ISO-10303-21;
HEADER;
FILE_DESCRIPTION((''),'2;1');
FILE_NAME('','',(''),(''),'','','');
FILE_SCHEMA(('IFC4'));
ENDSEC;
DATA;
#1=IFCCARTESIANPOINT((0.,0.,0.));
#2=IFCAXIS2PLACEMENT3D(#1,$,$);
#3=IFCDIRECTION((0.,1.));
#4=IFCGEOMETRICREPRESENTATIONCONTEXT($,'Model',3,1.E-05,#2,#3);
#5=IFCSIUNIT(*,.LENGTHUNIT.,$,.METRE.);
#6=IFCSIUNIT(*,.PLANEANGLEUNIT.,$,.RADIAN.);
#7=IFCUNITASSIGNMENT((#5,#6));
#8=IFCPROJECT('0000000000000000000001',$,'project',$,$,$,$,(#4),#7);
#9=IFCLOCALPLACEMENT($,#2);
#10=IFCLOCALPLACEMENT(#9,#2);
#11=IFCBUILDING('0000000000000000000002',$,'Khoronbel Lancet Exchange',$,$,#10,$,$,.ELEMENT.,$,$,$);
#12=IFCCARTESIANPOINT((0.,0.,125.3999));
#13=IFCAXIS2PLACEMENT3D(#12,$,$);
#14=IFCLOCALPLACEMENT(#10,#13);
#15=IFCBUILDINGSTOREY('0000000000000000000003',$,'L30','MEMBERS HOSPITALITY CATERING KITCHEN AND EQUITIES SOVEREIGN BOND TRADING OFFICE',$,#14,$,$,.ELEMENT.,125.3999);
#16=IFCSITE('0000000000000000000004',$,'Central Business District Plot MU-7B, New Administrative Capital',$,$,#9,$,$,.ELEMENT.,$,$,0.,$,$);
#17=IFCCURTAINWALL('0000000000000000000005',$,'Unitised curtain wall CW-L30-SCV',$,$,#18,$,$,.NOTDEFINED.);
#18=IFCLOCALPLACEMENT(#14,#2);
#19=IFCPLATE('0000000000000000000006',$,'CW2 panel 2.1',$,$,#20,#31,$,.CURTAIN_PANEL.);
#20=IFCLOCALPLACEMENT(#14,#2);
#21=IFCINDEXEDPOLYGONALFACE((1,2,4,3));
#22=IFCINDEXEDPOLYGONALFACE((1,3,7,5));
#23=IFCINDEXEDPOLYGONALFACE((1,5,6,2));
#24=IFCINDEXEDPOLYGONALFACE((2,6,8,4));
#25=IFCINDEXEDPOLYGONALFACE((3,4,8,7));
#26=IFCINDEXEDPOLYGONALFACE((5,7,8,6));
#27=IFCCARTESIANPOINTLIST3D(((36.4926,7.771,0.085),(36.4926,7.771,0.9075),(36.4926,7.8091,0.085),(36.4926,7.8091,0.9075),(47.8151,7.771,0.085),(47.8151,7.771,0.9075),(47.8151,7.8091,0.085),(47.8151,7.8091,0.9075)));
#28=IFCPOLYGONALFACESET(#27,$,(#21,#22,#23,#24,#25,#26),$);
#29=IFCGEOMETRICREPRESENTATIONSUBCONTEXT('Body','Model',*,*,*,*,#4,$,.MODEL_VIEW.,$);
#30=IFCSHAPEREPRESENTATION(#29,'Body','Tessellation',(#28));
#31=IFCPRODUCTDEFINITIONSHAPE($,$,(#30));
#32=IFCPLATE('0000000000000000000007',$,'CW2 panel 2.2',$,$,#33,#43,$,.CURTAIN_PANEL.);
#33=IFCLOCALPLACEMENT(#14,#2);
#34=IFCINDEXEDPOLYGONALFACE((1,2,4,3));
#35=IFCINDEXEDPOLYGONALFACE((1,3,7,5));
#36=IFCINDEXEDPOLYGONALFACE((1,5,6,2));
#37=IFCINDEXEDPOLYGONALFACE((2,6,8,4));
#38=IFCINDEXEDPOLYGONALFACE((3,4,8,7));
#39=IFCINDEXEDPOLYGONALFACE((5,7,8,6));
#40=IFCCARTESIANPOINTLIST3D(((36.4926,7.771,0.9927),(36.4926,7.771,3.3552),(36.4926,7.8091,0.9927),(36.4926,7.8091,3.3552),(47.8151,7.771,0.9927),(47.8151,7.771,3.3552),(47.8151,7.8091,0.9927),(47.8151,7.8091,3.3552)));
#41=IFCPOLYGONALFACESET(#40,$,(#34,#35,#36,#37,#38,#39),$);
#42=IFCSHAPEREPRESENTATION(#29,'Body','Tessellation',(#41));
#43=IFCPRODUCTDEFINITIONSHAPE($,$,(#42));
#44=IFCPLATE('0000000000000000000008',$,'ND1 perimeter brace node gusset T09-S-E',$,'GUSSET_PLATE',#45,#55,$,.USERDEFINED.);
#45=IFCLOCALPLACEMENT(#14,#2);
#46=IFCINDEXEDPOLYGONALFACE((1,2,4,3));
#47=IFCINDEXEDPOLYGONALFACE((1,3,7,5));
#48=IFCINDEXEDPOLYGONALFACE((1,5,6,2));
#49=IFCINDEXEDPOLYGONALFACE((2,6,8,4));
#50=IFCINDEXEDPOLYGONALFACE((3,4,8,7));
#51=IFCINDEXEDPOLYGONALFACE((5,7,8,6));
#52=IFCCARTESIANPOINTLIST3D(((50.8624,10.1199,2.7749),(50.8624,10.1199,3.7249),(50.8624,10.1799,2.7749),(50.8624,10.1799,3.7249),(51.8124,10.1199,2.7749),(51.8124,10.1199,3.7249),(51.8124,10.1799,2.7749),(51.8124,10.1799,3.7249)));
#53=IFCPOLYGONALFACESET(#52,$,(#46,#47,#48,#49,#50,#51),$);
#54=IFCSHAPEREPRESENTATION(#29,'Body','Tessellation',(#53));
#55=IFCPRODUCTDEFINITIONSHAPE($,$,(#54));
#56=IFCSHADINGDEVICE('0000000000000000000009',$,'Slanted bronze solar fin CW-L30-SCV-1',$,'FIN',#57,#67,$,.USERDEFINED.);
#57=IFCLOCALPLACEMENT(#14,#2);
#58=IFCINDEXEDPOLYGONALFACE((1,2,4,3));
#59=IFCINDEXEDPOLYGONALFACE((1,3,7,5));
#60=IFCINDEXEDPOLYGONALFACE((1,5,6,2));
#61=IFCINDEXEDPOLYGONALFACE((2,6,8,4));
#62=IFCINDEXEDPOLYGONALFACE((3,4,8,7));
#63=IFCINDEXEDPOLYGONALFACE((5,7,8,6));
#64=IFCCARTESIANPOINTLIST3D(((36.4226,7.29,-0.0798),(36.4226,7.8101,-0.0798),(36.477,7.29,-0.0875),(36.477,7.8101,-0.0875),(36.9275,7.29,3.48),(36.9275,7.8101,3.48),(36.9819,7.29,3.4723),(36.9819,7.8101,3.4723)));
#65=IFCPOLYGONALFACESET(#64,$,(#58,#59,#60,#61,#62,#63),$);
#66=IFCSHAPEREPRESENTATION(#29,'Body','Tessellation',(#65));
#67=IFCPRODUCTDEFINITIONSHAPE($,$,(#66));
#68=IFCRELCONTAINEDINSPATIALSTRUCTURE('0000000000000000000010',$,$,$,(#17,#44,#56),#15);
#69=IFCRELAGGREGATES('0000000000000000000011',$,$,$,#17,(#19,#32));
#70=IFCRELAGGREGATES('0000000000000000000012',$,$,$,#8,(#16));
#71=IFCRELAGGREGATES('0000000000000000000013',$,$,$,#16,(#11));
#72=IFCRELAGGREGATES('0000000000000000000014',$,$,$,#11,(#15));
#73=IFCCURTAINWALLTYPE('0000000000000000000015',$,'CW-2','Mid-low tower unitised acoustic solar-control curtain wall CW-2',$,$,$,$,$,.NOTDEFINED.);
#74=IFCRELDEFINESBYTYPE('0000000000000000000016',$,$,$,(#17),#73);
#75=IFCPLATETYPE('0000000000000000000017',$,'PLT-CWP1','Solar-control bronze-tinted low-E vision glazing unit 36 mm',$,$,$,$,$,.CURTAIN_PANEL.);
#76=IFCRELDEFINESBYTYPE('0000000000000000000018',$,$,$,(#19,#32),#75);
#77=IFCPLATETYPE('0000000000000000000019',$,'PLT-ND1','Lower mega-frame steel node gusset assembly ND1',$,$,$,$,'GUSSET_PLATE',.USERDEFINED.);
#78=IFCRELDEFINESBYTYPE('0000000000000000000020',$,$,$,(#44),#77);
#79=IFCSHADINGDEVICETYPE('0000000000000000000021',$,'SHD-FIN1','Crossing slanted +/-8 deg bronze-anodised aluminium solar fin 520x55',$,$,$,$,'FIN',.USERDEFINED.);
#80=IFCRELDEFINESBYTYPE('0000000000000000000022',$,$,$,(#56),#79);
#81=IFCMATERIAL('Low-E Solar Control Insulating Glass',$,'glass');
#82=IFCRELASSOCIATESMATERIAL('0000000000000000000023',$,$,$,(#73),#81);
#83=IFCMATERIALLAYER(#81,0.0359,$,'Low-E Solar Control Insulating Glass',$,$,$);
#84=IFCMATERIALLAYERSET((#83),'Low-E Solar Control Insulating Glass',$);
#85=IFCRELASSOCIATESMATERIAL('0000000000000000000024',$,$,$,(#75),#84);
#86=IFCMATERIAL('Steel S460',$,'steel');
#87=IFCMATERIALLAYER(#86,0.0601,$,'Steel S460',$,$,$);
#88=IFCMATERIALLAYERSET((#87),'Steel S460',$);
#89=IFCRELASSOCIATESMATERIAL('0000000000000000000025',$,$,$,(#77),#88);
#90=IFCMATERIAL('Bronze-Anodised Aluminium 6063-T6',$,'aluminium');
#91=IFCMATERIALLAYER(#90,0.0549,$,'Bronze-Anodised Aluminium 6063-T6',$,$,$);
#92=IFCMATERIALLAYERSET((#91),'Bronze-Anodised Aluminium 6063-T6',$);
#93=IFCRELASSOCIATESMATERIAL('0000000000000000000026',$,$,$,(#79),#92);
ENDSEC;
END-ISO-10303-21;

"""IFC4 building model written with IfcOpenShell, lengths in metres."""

from ifc_helpers import new_model, si_unit, direction, frame, origin, origin_2d, place, context, subcontext, project, spatial, polyline, rectangle, outline, extrude, material, layer, layer_set, type_object, element, aggregate, save


model = new_model("IFC4")

# Units and contexts
model_context = context("Model", 3, precision=1e-05, world=origin(), true_north=direction((0.0, 1.0)))
body_context = subcontext(model_context, "Body", "Model", "MODEL_VIEW")
ifc_project = project(units=[si_unit("LENGTHUNIT", "METRE"), si_unit("PLANEANGLEUNIT", "RADIAN")], contexts=[model_context])

# Site, building, storey
site_placement = place(None, origin())
site = spatial("IfcSite", under=ifc_project, at=site_placement, Name="Central Business District Plot MU-7B, New Administrative Capital", CompositionType="ELEMENT", RefElevation=0.0)
building_placement = place(site_placement, origin())
building = spatial("IfcBuilding", under=site, at=building_placement, Name="Khoronbel Lancet Exchange", CompositionType="ELEMENT")
storey_placement = place(building_placement, frame((0.0, 0.0, 125.3999)))
storey = spatial("IfcBuildingStorey", under=building, at=storey_placement, Name="L30", Description="MEMBERS HOSPITALITY CATERING KITCHEN AND EQUITIES SOVEREIGN BOND TRADING OFFICE", CompositionType="ELEMENT", Elevation=125.3999)

# Shared definitions
ifc_material_1 = material(Name="Steel S460", Category="steel")

# Curtain wall
ifc_material_2 = material(Name="Low-E Solar Control Insulating Glass", Category="glass")
curtain_wall_type = type_object("IfcCurtainWallType", Name="CW-2", Description="Mid-low tower unitised acoustic solar-control curtain wall CW-2", PredefinedType="NOTDEFINED", material=ifc_material_2)
curtain_wall_1_placement = place(storey_placement, origin())
curtain_wall_1 = element("IfcCurtainWall", 1, at=curtain_wall_1_placement, inside=storey, type_object=curtain_wall_type, Name="Unitised curtain wall CW-L30-SCV", PredefinedType="NOTDEFINED")
ifc_material_3 = material(Name="Bronze-Anodised Aluminium 6063-T6", Category="aluminium")

# Plates
ifc_layer_1 = layer(ifc_material_2, 0.0359, Name="Low-E Solar Control Insulating Glass")
ifc_layer_set_1 = layer_set([ifc_layer_1], Name="Low-E Solar Control Insulating Glass")
plate_type_1 = type_object("IfcPlateType", Name="PLT-CWP1", Description="Solar-control bronze-tinted low-E vision glazing unit 36 mm", PredefinedType="CURTAIN_PANEL", material=ifc_layer_set_1)
plate_1_placement = place(storey_placement, frame((42.1538, 7.79, 0.085), z_axis=(0.0, 0.0, 1.0), x_axis=(1.0, 0.0, 0.0)))
plate_1 = element("IfcPlate", 2, at=plate_1_placement, type_object=plate_type_1, Name="CW2 panel 2.1", PredefinedType="CURTAIN_PANEL", context=body_context, shape_type="SweptSolid", body=[
    extrude(rectangle(XDim=11.3225, YDim=0.0381, at=origin_2d()), origin(), (0.0, 0.0, 1.0), 0.8225),
])
plate_2_placement = place(storey_placement, frame((42.1538, 7.79, 0.9927), z_axis=(0.0, 0.0, 1.0), x_axis=(1.0, 0.0, 0.0)))
plate_2 = element("IfcPlate", 3, at=plate_2_placement, type_object=plate_type_1, Name="CW2 panel 2.2", PredefinedType="CURTAIN_PANEL", context=body_context, shape_type="SweptSolid", body=[
    extrude(rectangle(XDim=11.3225, YDim=0.0381, at=origin_2d()), origin(), (0.0, 0.0, 1.0), 2.3625),
])
aggregate(curtain_wall_1, [plate_1, plate_2])
ifc_layer_2 = layer(ifc_material_1, 0.0601, Name="Steel S460")
ifc_layer_set_2 = layer_set([ifc_layer_2], Name="Steel S460")
plate_type_2 = type_object("IfcPlateType", Name="PLT-ND1", Description="Lower mega-frame steel node gusset assembly ND1", ElementType="GUSSET_PLATE", PredefinedType="USERDEFINED", material=ifc_layer_set_2)
plate_3_placement = place(storey_placement, frame((51.3374, 10.1499, 2.7749), z_axis=(0.0, 0.0, 1.0), x_axis=(1.0, 0.0, 0.0)))
element("IfcPlate", 4, at=plate_3_placement, inside=storey, type_object=plate_type_2, Name="ND1 perimeter brace node gusset T09-S-E", ObjectType="GUSSET_PLATE", PredefinedType="USERDEFINED", context=body_context, shape_type="SweptSolid", body=[
    extrude(rectangle(XDim=0.95, YDim=0.0601, at=origin_2d()), origin(), (0.0, 0.0, 1.0), 0.95),
])

# Shading device
ifc_layer_3 = layer(ifc_material_3, 0.0549, Name="Bronze-Anodised Aluminium 6063-T6")
ifc_layer_set_3 = layer_set([ifc_layer_3], Name="Bronze-Anodised Aluminium 6063-T6")
shading_device_type = type_object("IfcShadingDeviceType", Name="SHD-FIN1", Description="Crossing slanted +/-8 deg bronze-anodised aluminium solar fin 520x55", ElementType="FIN", PredefinedType="USERDEFINED", material=ifc_layer_set_3)
shading_device_placement = place(storey_placement, frame((36.4226, 7.8101, -0.0798), z_axis=(-0.990092, 0.0, 0.140423), x_axis=(0.0, -1.0, 0.0)))
element("IfcShadingDevice", 5, at=shading_device_placement, inside=storey, type_object=shading_device_type, Name="Slanted bronze solar fin CW-L30-SCV-1", ObjectType="FIN", PredefinedType="USERDEFINED", context=body_context, shape_type="SweptSolid", body=[
    extrude(outline(polyline([(0.0, 0.0), (0.52, 0.0), (0.52, 3.5955), (0.0, 3.5955), (0.0, 0.0)])), origin(), (0.0, 0.0, -1.0), 0.0549),
])

save(model, "model.ifc")
